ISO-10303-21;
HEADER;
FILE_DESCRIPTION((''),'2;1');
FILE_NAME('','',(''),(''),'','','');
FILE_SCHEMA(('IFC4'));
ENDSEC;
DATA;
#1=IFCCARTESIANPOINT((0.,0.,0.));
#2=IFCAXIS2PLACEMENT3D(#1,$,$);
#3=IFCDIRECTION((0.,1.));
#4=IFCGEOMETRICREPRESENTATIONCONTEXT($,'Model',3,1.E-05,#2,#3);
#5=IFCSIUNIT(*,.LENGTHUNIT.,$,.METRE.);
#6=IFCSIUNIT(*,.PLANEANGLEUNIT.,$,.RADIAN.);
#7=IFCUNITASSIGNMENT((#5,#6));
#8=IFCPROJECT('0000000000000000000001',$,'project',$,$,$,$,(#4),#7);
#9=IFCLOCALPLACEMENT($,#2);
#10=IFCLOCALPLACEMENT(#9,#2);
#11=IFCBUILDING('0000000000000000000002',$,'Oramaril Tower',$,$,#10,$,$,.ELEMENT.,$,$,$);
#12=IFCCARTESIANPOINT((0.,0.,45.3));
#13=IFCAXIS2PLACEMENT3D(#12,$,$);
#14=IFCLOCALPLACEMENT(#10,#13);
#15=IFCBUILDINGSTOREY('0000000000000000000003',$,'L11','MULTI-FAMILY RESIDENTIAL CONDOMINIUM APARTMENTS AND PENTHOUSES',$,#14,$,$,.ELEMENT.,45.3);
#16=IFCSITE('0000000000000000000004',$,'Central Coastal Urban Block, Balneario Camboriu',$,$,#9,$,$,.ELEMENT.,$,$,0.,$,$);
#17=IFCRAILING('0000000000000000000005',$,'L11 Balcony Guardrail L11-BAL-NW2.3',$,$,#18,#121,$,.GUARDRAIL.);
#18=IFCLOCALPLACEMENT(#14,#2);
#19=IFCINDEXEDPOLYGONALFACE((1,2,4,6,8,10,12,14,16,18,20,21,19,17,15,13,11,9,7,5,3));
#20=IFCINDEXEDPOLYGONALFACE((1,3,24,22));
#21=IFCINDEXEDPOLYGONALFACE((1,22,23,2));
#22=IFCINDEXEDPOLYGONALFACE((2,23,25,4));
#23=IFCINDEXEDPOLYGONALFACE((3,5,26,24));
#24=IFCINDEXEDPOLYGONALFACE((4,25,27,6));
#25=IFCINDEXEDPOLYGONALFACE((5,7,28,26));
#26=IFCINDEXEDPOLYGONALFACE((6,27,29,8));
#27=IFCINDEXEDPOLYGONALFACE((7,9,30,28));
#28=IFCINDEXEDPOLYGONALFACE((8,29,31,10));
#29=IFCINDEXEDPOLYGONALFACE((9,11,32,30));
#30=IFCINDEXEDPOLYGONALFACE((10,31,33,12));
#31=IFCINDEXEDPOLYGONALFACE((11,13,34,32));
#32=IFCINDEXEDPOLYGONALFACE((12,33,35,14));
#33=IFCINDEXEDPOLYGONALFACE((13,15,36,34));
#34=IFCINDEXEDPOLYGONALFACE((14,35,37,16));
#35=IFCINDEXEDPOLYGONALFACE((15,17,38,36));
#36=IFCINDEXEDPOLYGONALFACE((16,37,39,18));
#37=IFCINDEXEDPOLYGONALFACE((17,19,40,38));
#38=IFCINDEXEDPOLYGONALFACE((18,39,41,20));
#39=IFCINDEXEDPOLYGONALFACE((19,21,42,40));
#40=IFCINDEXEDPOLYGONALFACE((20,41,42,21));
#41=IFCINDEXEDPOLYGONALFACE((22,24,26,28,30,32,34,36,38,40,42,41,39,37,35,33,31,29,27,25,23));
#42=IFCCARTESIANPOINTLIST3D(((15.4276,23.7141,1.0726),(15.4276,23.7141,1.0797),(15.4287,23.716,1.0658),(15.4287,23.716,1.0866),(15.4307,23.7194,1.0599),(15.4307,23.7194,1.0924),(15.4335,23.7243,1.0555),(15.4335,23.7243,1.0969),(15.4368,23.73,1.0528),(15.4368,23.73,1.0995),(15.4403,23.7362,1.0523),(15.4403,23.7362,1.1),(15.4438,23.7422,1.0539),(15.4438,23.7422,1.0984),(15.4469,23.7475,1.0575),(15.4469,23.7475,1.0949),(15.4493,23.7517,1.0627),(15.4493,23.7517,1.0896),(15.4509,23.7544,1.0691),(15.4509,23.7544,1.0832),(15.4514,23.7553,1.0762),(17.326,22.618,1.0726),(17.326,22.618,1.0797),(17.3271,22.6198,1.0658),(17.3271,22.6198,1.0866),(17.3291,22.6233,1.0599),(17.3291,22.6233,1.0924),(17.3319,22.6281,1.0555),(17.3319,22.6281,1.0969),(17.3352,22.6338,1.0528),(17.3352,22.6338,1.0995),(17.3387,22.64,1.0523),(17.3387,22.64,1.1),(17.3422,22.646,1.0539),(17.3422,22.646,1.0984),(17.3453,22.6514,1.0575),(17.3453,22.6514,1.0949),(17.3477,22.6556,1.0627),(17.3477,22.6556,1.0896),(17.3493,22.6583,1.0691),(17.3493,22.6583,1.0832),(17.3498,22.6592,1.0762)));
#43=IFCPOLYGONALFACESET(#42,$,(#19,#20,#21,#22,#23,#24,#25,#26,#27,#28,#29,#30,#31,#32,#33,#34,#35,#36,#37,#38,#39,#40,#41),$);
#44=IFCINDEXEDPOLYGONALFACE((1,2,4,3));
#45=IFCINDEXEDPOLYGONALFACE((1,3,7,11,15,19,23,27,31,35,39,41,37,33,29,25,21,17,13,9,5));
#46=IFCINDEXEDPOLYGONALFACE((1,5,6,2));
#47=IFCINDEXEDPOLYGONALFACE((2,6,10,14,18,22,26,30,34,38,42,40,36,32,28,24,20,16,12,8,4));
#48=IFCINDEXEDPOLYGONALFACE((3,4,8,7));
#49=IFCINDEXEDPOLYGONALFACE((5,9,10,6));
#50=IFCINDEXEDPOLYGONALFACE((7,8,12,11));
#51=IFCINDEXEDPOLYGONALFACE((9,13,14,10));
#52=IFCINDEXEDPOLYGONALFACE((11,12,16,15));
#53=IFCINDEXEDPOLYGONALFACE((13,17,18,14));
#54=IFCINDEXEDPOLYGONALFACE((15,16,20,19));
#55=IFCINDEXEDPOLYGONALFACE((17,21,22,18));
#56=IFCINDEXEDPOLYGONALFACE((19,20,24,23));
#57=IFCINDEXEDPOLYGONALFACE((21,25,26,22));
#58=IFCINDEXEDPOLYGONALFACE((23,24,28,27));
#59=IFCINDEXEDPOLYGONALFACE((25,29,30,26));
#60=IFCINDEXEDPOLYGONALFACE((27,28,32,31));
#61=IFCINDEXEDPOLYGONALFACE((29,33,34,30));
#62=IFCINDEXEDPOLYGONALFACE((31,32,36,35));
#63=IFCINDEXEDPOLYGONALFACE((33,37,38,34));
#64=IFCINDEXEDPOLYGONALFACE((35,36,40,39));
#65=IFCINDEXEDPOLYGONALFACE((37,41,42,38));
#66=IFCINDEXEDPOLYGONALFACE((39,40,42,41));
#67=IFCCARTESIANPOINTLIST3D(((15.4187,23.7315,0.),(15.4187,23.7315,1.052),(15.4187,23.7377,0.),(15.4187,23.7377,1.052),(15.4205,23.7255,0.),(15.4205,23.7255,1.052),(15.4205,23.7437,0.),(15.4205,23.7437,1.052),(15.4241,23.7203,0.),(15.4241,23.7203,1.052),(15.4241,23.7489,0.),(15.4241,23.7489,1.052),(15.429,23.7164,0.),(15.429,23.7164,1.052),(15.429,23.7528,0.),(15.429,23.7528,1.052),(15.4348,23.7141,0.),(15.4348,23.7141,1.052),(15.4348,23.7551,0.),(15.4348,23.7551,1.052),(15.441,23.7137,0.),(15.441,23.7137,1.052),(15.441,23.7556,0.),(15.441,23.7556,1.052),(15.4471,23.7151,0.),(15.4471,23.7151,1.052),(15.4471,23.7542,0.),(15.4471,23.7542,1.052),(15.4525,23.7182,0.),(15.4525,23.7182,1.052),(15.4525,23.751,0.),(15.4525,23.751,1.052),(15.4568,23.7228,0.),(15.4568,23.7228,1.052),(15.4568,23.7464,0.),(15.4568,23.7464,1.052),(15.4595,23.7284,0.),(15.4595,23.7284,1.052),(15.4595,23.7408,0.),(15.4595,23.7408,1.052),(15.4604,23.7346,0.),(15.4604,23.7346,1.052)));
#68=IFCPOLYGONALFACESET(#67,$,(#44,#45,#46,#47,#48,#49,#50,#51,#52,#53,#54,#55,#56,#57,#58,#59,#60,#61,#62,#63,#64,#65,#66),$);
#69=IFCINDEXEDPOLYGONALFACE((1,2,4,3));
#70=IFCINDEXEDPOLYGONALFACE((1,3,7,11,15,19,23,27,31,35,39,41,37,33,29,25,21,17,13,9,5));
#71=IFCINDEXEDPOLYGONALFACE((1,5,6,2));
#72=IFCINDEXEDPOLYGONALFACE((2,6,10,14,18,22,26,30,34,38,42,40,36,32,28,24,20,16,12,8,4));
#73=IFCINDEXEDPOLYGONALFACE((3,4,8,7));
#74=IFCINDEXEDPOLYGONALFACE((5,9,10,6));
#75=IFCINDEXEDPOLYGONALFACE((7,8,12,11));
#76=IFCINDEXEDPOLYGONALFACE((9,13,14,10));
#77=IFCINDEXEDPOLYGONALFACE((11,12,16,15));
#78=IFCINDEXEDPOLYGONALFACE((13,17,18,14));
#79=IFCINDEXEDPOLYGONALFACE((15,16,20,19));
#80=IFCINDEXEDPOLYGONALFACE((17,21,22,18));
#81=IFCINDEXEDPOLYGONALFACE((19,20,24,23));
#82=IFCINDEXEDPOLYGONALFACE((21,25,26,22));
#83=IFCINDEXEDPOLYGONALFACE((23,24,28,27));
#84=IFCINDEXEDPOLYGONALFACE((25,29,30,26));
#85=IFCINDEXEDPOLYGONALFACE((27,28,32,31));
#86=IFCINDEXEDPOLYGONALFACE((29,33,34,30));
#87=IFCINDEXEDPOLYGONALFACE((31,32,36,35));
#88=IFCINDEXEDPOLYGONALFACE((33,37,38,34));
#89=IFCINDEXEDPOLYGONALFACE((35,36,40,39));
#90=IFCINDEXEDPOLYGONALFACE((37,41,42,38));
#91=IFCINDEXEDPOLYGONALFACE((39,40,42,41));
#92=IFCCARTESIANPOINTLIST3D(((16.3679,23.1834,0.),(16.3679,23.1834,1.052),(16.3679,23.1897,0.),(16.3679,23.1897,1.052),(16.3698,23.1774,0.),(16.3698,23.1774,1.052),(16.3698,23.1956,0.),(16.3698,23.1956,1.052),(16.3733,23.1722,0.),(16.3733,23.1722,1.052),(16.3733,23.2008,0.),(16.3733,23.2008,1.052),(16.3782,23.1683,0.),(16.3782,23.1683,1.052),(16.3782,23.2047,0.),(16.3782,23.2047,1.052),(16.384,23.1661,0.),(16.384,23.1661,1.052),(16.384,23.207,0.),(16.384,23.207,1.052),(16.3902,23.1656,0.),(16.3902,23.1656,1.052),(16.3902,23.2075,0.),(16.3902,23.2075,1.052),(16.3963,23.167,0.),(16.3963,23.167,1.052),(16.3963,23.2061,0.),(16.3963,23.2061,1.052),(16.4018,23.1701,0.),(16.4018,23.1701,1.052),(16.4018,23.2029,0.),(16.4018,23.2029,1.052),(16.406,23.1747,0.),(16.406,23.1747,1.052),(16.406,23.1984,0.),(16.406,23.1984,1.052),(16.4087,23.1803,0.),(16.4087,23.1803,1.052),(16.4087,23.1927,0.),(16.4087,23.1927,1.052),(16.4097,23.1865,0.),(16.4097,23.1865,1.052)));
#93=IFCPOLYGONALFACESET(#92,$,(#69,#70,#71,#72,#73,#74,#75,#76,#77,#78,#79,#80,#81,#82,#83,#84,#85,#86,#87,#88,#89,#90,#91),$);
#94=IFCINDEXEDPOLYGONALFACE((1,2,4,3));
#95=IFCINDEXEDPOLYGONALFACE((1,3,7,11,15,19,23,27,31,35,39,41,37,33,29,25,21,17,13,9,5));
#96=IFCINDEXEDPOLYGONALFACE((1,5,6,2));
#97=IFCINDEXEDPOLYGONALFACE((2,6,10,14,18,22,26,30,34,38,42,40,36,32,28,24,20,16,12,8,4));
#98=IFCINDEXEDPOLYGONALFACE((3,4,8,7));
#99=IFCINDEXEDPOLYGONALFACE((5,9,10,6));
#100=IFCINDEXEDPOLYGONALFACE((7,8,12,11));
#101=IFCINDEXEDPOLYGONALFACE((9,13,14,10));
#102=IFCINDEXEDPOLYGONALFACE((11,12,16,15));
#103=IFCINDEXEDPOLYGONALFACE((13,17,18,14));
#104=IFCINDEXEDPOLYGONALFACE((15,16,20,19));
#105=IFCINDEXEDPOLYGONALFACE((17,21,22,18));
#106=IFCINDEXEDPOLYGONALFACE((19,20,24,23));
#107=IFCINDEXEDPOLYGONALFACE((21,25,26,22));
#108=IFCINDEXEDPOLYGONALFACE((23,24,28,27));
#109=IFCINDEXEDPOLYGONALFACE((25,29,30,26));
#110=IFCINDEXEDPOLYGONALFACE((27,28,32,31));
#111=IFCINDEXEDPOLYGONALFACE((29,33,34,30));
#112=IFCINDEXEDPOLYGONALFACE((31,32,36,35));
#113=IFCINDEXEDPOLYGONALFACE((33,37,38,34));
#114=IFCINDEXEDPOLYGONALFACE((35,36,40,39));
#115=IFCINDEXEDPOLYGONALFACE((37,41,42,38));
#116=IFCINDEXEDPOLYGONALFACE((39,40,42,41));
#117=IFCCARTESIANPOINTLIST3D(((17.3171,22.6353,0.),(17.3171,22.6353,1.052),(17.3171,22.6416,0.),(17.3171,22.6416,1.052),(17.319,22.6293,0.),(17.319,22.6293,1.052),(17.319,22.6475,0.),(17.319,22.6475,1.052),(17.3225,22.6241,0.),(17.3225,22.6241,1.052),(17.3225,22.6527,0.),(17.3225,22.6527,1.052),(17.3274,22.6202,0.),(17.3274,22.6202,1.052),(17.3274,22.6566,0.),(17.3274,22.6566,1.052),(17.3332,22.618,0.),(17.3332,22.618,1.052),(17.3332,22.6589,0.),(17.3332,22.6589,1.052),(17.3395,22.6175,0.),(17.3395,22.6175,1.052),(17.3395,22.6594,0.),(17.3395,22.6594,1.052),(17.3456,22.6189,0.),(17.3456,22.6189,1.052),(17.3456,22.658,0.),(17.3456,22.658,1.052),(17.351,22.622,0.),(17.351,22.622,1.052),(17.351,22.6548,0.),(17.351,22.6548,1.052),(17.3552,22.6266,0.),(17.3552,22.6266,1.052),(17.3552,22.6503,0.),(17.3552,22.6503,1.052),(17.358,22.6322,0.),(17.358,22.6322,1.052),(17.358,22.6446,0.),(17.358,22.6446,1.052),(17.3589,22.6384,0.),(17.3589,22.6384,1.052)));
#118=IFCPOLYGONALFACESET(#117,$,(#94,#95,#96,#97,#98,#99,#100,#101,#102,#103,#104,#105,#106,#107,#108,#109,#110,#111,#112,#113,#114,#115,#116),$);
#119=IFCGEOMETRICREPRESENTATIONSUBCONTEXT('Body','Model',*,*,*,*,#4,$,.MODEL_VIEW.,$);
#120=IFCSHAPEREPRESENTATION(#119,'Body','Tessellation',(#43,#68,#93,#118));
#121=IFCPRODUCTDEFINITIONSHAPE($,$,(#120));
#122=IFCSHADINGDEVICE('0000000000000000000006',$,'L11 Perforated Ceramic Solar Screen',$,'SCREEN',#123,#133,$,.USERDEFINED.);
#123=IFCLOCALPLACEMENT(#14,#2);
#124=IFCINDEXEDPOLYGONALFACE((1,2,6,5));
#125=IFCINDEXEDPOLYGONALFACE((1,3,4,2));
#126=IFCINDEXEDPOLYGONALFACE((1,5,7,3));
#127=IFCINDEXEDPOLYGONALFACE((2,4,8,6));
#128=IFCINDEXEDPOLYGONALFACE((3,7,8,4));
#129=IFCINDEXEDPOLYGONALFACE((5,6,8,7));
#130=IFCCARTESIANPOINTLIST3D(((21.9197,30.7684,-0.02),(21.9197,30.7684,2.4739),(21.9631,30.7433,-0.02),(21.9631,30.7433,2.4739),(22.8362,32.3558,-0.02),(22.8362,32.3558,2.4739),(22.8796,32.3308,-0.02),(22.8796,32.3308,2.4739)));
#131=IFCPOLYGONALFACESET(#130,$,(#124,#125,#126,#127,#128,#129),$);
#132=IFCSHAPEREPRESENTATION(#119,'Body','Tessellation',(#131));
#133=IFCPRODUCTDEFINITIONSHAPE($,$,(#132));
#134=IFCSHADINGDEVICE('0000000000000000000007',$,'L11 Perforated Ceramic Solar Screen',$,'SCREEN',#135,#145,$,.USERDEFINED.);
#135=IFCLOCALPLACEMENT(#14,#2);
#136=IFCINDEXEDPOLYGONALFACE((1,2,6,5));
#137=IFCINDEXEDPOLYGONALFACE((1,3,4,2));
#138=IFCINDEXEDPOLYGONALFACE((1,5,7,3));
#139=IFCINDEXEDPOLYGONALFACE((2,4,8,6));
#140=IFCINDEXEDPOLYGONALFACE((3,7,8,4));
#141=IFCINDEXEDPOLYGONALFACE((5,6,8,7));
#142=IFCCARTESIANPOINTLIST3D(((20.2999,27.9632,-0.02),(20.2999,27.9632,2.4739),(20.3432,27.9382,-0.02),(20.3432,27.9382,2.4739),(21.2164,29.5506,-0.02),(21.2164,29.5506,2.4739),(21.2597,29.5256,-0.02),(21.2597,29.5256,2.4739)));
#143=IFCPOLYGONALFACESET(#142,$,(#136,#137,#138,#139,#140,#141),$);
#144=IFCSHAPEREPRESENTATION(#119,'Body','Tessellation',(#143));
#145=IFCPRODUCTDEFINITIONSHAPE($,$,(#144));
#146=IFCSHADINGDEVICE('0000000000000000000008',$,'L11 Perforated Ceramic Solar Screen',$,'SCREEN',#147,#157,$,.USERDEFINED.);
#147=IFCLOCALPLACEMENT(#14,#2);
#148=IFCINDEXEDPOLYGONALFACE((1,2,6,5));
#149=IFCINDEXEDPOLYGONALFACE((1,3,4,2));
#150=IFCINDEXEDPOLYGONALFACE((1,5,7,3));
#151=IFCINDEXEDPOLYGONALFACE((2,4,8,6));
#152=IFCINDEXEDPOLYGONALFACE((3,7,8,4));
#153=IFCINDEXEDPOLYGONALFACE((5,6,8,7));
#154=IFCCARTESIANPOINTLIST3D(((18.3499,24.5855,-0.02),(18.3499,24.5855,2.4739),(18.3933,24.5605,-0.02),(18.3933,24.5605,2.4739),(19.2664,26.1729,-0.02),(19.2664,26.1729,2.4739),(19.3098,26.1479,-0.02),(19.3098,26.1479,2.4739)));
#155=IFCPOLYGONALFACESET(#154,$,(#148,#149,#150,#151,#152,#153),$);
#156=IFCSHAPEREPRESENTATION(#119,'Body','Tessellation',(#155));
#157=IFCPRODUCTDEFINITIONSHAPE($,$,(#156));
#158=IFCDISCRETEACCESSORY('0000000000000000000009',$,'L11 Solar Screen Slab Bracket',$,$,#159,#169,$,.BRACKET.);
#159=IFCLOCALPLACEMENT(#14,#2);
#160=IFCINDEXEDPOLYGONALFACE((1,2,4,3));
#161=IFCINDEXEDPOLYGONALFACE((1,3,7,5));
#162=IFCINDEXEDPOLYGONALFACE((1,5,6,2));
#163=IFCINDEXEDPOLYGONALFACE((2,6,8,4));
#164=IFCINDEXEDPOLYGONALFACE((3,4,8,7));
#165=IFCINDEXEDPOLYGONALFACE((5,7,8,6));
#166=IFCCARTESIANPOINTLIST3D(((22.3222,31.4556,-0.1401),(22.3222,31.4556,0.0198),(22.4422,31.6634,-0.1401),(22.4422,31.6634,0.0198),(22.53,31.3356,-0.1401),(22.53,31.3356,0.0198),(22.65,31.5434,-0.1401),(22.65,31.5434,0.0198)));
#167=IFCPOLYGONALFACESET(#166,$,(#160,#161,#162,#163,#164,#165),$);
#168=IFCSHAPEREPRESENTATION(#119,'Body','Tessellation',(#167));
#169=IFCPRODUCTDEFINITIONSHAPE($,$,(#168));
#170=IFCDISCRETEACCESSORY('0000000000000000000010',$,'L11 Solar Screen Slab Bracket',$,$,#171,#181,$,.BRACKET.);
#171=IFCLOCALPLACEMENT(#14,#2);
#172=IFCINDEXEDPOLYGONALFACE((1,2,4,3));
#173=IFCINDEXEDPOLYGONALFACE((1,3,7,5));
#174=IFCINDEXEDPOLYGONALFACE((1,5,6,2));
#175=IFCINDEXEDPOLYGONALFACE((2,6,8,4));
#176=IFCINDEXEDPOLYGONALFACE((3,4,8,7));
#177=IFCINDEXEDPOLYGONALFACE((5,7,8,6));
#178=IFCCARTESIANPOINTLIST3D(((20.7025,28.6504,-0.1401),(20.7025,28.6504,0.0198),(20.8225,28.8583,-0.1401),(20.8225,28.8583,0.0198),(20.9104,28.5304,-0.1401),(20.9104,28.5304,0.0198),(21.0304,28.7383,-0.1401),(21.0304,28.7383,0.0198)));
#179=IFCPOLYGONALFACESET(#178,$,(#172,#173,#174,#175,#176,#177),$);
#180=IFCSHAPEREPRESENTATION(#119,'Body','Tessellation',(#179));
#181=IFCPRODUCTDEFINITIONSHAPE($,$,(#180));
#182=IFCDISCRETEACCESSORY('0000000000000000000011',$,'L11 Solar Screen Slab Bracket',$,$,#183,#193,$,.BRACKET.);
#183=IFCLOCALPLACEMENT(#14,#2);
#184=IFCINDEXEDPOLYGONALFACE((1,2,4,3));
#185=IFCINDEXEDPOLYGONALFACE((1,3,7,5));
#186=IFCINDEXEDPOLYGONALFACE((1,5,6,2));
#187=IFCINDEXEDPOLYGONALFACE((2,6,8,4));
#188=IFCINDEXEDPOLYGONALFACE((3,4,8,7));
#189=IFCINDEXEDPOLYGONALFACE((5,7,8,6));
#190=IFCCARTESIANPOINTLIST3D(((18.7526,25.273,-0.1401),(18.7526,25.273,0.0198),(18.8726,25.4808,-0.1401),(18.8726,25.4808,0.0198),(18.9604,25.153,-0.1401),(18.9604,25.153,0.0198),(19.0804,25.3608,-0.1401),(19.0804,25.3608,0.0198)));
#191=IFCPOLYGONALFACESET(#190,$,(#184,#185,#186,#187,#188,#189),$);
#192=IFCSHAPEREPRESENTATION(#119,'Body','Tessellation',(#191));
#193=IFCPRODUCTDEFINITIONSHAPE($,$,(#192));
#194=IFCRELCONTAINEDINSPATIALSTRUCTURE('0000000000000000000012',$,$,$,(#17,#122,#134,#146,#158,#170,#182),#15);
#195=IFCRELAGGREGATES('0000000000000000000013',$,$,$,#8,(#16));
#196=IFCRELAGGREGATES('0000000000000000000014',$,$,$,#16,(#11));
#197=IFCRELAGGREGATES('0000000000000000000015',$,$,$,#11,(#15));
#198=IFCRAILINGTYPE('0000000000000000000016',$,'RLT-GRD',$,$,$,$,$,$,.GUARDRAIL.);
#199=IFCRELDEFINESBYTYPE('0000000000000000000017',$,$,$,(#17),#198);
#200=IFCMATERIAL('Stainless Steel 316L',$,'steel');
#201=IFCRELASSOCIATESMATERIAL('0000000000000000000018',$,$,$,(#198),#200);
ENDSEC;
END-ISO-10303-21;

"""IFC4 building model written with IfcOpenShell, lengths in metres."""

from ifc_helpers import new_model, si_unit, direction, frame, origin, origin_2d, place, context, subcontext, project, spatial, rectangle, circle, extrude, material, type_object, element, save


model = new_model("IFC4")

# Units and contexts
model_context = context("Model", 3, precision=1e-05, world=origin(), true_north=direction((0.0, 1.0)))
body_context = subcontext(model_context, "Body", "Model", "MODEL_VIEW")
ifc_project = project(units=[si_unit("LENGTHUNIT", "METRE"), si_unit("PLANEANGLEUNIT", "RADIAN")], contexts=[model_context])

# Site, building, storey
site_placement = place(None, origin())
site = spatial("IfcSite", under=ifc_project, at=site_placement, Name="Central Coastal Urban Block, Balneario Camboriu", CompositionType="ELEMENT", RefElevation=0.0)
building_placement = place(site_placement, origin())
building = spatial("IfcBuilding", under=site, at=building_placement, Name="Oramaril Tower", CompositionType="ELEMENT")
storey_placement = place(building_placement, frame((0.0, 0.0, 45.3)))
storey = spatial("IfcBuildingStorey", under=building, at=storey_placement, Name="L11", Description="MULTI-FAMILY RESIDENTIAL CONDOMINIUM APARTMENTS AND PENTHOUSES", CompositionType="ELEMENT", Elevation=45.3)

# Railing
ifc_material_1 = material(Name="Stainless Steel 316L", Category="steel")
railing_type = type_object("IfcRailingType", Name="RLT-GRD", PredefinedType="GUARDRAIL", material=ifc_material_1)
railing_placement = place(storey_placement, frame((15.4395, 23.7346, 0.0)))
element("IfcRailing", 1, at=railing_placement, inside=storey, type_object=railing_type, Name="L11 Balcony Guardrail L11-BAL-NW2.3", PredefinedType="GUARDRAIL", context=body_context, shape_type="SweptSolid", body=[
    extrude(circle(Radius=0.0239, at=origin_2d()), frame((0.0, 0.0, 1.0762), z_axis=(0.866, -0.500044, 0.0), x_axis=(0.500044, 0.866, 0.0)), (0.0, 0.0, 1.0), 2.1921),
    extrude(circle(Radius=0.021, at=origin_2d()), origin(), (0.0, 0.0, 1.0), 1.052),
    extrude(circle(Radius=0.021, at=origin_2d()), frame((0.9492, -0.5481, 0.0)), (0.0, 0.0, 1.0), 1.052),
    extrude(circle(Radius=0.021, at=origin_2d()), frame((1.8984, -1.0962, 0.0)), (0.0, 0.0, 1.0), 1.052),
])

# Shading devices
for number, where, z_axis, x_axis, name in (
    (2, (22.3997, 31.5496, -0.02), (0.0, 0.0, 1.0), (-0.500002, -0.866025, 0.0), "L11 Perforated Ceramic Solar Screen"),
    (3, (20.7798, 28.7444, -0.02), (0.0, 0.0, 1.0), (-0.500002, -0.866025, 0.0), "L11 Perforated Ceramic Solar Screen"),
    (4, (18.8298, 25.3667, -0.02), (0.0, 0.0, 1.0), (-0.500002, -0.866025, 0.0), "L11 Perforated Ceramic Solar Screen"),
):
    element("IfcShadingDevice", number, at=place(storey_placement, frame(where, z_axis=z_axis, x_axis=x_axis)), inside=storey, Name=name, ObjectType="SCREEN", PredefinedType="USERDEFINED", context=body_context, shape_type="SweptSolid", body=[
        extrude(rectangle(XDim=1.833, YDim=0.05, at=origin_2d()), origin(), (0.0, 0.0, 1.0), 2.4939),
    ])

# Discrete accessories
for number, where, z_axis, x_axis, name in (
    (5, (22.4861, 31.4995, -0.1401), (0.0, 0.0, 1.0), (-0.500002, -0.866025, 0.0), "L11 Solar Screen Slab Bracket"),
    (6, (20.8665, 28.6943, -0.1401), (0.0, 0.0, 1.0), (-0.500002, -0.866025, 0.0), "L11 Solar Screen Slab Bracket"),
    (7, (18.9165, 25.3169, -0.1401), (0.0, 0.0, 1.0), (-0.500002, -0.866025, 0.0), "L11 Solar Screen Slab Bracket"),
):
    element("IfcDiscreteAccessory", number, at=place(storey_placement, frame(where, z_axis=z_axis, x_axis=x_axis)), inside=storey, Name=name, PredefinedType="BRACKET", context=body_context, shape_type="SweptSolid", body=[
        extrude(rectangle(XDim=0.24, YDim=0.24, at=origin_2d()), origin(), (0.0, 0.0, 1.0), 0.1599),
    ])

save(model, "model.ifc")
